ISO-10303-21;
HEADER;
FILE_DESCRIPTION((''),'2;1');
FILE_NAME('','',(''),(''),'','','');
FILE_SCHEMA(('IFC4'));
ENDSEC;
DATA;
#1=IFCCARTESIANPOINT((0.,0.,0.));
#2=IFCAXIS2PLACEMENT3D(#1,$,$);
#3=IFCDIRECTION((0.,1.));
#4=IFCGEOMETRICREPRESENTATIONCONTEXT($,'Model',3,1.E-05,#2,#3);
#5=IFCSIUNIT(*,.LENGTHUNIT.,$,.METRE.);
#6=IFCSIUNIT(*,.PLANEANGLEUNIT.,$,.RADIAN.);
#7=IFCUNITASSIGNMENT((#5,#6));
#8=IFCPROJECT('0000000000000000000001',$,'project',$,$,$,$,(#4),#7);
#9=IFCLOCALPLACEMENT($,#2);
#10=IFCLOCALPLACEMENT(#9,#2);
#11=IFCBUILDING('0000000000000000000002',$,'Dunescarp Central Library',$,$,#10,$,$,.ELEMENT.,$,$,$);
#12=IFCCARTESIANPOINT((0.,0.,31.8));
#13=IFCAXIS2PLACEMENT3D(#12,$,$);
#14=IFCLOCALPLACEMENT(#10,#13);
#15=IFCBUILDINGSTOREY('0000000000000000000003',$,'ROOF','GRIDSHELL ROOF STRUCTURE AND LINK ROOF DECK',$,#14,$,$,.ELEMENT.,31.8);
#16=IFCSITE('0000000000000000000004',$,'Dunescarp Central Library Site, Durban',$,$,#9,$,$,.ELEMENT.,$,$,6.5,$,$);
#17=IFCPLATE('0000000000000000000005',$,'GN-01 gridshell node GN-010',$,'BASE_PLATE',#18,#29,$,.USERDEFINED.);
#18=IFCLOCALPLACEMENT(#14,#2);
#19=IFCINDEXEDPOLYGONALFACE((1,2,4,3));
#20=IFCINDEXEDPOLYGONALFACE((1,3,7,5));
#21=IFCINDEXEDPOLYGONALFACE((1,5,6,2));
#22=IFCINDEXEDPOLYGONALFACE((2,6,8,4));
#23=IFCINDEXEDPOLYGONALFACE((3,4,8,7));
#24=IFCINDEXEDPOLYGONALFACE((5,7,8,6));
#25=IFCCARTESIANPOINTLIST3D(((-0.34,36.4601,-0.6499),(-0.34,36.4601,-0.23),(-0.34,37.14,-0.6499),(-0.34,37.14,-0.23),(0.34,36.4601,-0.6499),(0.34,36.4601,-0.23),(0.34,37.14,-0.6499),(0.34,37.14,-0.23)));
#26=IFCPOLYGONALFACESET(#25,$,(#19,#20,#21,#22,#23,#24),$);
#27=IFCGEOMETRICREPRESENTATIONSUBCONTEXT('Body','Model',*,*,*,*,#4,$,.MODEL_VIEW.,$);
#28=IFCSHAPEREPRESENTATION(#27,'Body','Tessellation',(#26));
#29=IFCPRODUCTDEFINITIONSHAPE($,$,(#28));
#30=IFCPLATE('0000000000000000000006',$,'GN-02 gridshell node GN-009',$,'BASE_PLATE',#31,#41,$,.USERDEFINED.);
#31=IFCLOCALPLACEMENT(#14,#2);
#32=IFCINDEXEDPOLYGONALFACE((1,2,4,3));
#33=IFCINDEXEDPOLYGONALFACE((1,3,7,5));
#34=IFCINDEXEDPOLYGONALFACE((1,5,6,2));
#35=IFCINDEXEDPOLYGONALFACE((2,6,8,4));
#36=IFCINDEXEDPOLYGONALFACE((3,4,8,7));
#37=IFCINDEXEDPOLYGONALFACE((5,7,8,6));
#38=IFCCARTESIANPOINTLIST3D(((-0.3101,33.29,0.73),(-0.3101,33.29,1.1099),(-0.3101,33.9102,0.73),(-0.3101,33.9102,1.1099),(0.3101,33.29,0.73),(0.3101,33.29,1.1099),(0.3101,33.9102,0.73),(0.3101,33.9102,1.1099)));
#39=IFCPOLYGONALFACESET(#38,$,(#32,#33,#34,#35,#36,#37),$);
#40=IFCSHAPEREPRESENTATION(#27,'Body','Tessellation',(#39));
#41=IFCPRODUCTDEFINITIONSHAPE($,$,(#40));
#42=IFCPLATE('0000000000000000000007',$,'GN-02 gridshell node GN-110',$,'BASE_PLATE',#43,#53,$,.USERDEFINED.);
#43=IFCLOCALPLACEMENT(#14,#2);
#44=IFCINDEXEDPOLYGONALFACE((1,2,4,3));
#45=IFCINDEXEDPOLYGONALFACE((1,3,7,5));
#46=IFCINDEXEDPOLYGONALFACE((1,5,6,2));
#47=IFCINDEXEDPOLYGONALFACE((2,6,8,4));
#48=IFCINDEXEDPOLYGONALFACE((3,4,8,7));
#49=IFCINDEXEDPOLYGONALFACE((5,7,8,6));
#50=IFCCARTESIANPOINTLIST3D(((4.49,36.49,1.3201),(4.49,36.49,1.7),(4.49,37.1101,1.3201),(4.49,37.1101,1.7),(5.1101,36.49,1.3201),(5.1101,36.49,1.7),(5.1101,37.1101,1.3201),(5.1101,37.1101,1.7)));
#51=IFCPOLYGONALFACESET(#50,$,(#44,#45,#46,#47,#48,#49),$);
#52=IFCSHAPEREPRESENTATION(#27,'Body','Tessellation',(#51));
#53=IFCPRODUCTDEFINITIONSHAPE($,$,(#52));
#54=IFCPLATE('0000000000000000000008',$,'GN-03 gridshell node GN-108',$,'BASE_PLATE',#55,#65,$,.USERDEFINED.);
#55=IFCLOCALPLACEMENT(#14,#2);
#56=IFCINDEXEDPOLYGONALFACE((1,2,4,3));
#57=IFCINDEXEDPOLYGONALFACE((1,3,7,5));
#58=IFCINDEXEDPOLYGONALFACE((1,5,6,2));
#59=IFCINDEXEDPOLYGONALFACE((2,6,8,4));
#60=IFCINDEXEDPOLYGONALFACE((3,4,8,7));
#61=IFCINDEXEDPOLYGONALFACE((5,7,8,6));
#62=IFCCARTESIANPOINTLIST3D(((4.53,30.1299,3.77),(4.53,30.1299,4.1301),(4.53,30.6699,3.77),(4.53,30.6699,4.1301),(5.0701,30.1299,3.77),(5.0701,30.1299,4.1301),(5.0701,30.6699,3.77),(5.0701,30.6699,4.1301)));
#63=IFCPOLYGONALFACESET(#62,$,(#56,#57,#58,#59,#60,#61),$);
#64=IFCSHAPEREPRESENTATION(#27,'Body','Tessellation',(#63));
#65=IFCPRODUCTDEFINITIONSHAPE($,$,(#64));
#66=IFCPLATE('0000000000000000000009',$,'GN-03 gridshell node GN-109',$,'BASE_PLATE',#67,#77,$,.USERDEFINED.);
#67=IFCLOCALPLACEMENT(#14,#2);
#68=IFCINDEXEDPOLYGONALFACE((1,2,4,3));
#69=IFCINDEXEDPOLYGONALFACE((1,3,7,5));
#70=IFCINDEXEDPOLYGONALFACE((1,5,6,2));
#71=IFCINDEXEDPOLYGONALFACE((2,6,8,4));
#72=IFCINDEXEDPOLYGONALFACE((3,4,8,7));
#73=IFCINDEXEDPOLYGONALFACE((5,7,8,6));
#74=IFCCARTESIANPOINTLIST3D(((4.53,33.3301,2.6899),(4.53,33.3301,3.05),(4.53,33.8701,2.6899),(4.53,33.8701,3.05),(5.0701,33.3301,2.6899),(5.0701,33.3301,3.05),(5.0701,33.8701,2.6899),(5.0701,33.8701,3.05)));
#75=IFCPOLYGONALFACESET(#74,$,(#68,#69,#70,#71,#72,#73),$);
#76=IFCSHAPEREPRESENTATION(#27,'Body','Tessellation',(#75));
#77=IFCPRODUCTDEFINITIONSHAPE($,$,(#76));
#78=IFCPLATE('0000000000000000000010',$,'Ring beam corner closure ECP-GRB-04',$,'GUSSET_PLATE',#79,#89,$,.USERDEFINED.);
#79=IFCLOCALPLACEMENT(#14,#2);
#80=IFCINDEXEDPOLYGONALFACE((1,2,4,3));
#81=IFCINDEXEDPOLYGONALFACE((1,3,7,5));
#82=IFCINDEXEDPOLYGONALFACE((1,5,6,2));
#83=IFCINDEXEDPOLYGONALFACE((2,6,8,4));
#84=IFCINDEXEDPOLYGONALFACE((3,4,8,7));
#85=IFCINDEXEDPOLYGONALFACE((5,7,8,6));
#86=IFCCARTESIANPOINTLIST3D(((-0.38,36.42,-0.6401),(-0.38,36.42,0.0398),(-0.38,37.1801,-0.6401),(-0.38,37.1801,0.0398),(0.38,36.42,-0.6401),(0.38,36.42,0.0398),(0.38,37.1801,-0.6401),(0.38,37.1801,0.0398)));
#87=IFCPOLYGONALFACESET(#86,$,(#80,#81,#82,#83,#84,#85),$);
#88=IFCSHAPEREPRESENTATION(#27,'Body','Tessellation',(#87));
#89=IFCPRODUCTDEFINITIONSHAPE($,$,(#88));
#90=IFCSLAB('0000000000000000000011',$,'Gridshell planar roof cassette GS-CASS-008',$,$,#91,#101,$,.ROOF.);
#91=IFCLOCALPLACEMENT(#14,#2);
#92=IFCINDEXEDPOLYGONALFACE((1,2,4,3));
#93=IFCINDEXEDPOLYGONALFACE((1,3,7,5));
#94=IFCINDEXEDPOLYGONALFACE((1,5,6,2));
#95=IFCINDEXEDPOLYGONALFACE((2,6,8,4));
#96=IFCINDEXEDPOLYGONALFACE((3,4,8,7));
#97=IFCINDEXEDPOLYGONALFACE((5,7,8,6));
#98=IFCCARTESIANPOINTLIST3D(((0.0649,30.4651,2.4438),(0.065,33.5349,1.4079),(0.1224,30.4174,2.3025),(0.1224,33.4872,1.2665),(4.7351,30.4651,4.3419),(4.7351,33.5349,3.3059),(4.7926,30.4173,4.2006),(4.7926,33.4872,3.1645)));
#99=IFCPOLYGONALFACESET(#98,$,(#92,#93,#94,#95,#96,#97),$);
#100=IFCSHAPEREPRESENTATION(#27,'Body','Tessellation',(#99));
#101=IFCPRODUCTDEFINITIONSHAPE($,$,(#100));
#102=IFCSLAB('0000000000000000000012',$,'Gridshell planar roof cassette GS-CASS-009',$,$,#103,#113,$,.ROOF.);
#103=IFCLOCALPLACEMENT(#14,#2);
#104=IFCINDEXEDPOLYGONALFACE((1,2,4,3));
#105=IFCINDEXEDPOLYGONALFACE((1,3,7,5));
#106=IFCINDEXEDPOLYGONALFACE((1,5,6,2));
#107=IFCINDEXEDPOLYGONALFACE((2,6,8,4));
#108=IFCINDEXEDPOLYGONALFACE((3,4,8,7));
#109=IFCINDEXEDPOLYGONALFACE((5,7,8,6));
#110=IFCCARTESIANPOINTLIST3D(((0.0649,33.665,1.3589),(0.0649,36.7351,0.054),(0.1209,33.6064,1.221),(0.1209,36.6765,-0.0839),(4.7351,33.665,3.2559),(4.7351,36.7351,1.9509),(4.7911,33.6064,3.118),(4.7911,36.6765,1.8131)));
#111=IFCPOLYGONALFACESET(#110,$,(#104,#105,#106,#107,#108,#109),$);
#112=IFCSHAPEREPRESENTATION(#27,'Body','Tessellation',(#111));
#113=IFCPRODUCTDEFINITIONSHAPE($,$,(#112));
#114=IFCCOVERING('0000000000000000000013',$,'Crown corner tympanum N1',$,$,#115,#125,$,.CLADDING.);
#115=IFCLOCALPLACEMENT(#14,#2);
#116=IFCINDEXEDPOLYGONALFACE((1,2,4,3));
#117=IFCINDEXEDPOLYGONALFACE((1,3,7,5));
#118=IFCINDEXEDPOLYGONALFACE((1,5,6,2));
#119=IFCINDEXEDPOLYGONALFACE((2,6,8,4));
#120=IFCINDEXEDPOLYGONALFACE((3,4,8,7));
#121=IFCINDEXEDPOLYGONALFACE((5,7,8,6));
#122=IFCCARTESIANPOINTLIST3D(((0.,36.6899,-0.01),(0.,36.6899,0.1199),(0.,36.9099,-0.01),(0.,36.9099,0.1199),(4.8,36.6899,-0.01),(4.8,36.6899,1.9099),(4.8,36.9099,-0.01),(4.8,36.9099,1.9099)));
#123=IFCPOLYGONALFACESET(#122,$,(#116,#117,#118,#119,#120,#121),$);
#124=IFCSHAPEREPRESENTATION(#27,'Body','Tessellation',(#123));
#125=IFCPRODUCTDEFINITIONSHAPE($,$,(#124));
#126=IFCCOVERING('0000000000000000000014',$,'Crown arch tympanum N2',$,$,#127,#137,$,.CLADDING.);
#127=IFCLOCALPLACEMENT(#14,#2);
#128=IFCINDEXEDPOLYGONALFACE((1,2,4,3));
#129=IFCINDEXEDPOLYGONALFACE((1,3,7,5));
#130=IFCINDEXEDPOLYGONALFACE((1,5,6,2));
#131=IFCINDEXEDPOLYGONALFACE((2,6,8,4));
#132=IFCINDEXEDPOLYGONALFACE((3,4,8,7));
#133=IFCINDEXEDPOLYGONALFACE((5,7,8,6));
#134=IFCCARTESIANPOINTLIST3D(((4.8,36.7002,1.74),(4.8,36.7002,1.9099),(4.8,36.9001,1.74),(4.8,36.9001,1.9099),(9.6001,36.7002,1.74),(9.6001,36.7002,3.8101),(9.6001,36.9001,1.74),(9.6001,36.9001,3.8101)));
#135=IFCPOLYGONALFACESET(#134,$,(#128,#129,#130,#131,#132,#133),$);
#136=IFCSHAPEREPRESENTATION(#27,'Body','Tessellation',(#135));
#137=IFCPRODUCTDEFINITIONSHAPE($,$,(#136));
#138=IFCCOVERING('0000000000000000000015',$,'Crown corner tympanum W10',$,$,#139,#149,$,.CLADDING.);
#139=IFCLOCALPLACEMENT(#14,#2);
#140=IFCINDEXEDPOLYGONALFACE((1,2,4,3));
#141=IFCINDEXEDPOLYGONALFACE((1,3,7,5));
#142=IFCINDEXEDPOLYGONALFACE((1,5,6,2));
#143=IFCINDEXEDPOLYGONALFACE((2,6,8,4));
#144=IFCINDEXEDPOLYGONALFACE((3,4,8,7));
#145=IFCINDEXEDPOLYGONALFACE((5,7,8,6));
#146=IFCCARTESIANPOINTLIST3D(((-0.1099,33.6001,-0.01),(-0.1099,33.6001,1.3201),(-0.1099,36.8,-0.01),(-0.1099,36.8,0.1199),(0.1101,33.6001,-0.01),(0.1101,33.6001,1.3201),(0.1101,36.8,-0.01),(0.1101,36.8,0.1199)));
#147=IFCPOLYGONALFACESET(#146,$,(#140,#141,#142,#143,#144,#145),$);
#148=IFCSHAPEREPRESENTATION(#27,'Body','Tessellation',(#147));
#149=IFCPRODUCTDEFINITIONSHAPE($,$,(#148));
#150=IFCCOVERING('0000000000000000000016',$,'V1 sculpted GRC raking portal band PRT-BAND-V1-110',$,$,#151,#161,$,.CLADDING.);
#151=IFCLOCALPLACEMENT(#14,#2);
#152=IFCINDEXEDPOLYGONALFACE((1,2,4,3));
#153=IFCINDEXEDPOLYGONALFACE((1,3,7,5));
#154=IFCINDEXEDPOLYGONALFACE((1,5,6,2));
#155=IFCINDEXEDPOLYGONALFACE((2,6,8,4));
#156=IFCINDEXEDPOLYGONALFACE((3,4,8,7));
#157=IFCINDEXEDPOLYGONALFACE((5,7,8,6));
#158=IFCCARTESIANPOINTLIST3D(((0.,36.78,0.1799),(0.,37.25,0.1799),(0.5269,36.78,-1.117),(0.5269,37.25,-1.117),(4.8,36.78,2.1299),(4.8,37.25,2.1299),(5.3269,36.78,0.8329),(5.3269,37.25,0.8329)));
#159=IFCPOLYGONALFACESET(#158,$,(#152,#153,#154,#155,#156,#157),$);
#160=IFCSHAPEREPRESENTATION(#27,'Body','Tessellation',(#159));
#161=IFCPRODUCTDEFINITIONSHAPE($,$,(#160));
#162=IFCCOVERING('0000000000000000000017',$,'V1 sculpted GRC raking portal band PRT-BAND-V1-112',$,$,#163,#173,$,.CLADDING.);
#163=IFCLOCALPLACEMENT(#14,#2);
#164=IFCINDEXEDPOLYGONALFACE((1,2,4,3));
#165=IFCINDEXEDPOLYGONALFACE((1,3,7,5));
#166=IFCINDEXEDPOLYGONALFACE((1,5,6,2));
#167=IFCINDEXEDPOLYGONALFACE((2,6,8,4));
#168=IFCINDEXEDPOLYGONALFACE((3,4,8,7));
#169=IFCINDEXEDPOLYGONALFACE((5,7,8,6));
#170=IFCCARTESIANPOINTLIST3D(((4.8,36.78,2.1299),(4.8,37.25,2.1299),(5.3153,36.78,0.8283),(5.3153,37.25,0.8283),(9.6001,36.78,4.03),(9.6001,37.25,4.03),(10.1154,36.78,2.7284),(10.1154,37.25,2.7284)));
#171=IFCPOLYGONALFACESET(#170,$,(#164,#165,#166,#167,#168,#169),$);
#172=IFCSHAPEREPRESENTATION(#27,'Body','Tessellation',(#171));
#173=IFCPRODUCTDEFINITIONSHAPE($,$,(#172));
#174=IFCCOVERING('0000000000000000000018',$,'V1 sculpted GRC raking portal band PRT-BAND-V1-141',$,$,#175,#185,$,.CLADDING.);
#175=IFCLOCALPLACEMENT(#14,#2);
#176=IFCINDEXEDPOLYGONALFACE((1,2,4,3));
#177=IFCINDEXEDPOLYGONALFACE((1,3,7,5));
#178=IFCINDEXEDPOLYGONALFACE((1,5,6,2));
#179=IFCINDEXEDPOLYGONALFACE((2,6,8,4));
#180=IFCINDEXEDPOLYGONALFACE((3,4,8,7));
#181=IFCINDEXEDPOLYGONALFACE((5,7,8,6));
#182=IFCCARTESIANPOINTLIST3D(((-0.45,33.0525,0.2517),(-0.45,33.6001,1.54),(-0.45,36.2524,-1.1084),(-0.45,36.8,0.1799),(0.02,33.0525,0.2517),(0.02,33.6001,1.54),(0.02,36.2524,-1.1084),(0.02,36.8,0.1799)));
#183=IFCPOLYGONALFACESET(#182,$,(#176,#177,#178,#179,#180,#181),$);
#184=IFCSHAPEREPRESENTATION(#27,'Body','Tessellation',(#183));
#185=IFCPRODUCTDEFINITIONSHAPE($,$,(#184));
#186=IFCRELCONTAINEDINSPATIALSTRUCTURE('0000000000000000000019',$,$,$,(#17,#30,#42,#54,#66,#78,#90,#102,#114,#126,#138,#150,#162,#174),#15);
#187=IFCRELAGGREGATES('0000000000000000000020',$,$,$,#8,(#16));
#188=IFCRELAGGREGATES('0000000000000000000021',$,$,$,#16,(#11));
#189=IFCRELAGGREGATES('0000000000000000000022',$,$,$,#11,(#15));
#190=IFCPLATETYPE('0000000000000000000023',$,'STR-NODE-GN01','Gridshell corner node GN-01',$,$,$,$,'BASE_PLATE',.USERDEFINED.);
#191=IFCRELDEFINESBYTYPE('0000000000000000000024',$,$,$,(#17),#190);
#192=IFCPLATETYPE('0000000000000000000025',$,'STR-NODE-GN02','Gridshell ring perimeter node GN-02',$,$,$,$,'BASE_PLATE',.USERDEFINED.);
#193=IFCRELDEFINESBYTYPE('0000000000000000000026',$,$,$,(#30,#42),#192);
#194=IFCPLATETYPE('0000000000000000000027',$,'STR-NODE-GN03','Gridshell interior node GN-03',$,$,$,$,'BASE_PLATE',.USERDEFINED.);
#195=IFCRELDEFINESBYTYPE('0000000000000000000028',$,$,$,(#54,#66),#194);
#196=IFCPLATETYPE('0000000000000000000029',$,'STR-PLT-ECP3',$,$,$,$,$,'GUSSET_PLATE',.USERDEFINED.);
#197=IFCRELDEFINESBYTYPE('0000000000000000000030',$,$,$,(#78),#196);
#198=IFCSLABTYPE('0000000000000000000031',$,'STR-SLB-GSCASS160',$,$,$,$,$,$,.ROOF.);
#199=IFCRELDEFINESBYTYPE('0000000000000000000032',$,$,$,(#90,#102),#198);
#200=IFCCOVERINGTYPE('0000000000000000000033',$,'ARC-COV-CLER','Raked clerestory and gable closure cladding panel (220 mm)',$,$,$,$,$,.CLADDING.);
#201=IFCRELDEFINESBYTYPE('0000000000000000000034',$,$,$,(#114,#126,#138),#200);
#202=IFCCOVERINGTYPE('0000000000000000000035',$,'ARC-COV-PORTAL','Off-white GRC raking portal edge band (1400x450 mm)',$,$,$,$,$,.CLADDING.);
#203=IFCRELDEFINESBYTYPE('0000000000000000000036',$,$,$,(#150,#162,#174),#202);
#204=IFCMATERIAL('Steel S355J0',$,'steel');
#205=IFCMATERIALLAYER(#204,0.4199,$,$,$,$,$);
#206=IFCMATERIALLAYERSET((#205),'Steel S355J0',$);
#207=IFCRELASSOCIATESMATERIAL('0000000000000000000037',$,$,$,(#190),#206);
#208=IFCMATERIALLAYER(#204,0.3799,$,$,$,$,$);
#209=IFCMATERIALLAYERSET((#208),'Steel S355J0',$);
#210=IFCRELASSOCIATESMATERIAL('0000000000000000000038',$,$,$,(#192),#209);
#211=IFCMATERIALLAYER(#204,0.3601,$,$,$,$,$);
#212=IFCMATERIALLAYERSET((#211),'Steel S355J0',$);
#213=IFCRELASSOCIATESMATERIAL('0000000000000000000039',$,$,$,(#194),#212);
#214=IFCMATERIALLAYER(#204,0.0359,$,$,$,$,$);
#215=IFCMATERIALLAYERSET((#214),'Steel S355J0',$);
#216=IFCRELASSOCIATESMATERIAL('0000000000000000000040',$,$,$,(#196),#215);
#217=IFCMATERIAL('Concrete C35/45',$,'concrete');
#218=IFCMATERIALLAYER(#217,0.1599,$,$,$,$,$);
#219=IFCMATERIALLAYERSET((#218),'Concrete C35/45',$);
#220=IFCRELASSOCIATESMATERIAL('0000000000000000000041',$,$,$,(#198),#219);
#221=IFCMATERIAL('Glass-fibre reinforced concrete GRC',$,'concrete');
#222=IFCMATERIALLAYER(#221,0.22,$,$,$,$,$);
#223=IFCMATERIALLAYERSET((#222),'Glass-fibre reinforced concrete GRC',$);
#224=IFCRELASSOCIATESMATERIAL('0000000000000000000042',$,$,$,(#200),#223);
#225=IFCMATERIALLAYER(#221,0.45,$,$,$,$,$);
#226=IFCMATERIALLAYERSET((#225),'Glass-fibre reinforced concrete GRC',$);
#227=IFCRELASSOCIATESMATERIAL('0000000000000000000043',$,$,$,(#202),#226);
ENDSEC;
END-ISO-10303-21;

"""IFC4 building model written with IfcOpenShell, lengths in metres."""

from ifc_helpers import new_model, si_unit, direction, frame, origin, origin_2d, place, context, subcontext, project, spatial, polyline, rectangle, outline, extrude, material, layer, layer_set, type_object, element, save


model = new_model("IFC4")

# Units and contexts
model_context = context("Model", 3, precision=1e-05, world=origin(), true_north=direction((0.0, 1.0)))
body_context = subcontext(model_context, "Body", "Model", "MODEL_VIEW")
ifc_project = project(units=[si_unit("LENGTHUNIT", "METRE"), si_unit("PLANEANGLEUNIT", "RADIAN")], contexts=[model_context])

# Site, building, storey
site_placement = place(None, origin())
site = spatial("IfcSite", under=ifc_project, at=site_placement, Name="Dunescarp Central Library Site, Durban", CompositionType="ELEMENT", RefElevation=6.5)
building_placement = place(site_placement, origin())
building = spatial("IfcBuilding", under=site, at=building_placement, Name="Dunescarp Central Library", CompositionType="ELEMENT")
storey_placement = place(building_placement, frame((0.0, 0.0, 31.8)))
storey = spatial("IfcBuildingStorey", under=building, at=storey_placement, Name="ROOF", Description="GRIDSHELL ROOF STRUCTURE AND LINK ROOF DECK", CompositionType="ELEMENT", Elevation=31.8)

# Shared definitions
ifc_material_1 = material(Name="Steel S355J0", Category="steel")

# Plates
ifc_layer_1 = layer(ifc_material_1, 0.4199)
ifc_layer_set_1 = layer_set([ifc_layer_1], Name="Steel S355J0")
plate_type_1 = type_object("IfcPlateType", Name="STR-NODE-GN01", Description="Gridshell corner node GN-01", ElementType="BASE_PLATE", PredefinedType="USERDEFINED", material=ifc_layer_set_1)
plate_1_placement = place(storey_placement, frame((0.0, 36.8, -0.6499), z_axis=(0.0, 0.0, 1.0), x_axis=(1.0, 0.0, 0.0)))
element("IfcPlate", 1, at=plate_1_placement, inside=storey, type_object=plate_type_1, Name="GN-01 gridshell node GN-010", ObjectType="BASE_PLATE", PredefinedType="USERDEFINED", context=body_context, shape_type="SweptSolid", body=[
    extrude(rectangle(XDim=0.6799, YDim=0.6799, at=origin_2d()), origin(), (0.0, 0.0, 1.0), 0.4199),
])
ifc_layer_2 = layer(ifc_material_1, 0.3799)
ifc_layer_set_2 = layer_set([ifc_layer_2], Name="Steel S355J0")
plate_type_2 = type_object("IfcPlateType", Name="STR-NODE-GN02", Description="Gridshell ring perimeter node GN-02", ElementType="BASE_PLATE", PredefinedType="USERDEFINED", material=ifc_layer_set_2)
for number, where, z_axis, x_axis, name in (
    (2, (0.0, 33.6001, 0.73), (0.0, 0.0, 1.0), (1.0, 0.0, 0.0), "GN-02 gridshell node GN-009"),
    (3, (4.8, 36.8, 1.3201), (0.0, 0.0, 1.0), (1.0, 0.0, 0.0), "GN-02 gridshell node GN-110"),
):
    element("IfcPlate", number, at=place(storey_placement, frame(where, z_axis=z_axis, x_axis=x_axis)), inside=storey, type_object=plate_type_2, Name=name, ObjectType="BASE_PLATE", PredefinedType="USERDEFINED", context=body_context, shape_type="SweptSolid", body=[
        extrude(rectangle(XDim=0.6201, YDim=0.6201, at=origin_2d()), origin(), (0.0, 0.0, 1.0), 0.3799),
    ])
ifc_layer_3 = layer(ifc_material_1, 0.3601)
ifc_layer_set_3 = layer_set([ifc_layer_3], Name="Steel S355J0")
plate_type_3 = type_object("IfcPlateType", Name="STR-NODE-GN03", Description="Gridshell interior node GN-03", ElementType="BASE_PLATE", PredefinedType="USERDEFINED", material=ifc_layer_set_3)
for number, where, z_axis, x_axis, name in (
    (4, (4.8, 30.3999, 3.77), (0.0, 0.0, 1.0), (1.0, 0.0, 0.0), "GN-03 gridshell node GN-108"),
    (5, (4.8, 33.6001, 2.6899), (0.0, 0.0, 1.0), (1.0, 0.0, 0.0), "GN-03 gridshell node GN-109"),
):
    element("IfcPlate", number, at=place(storey_placement, frame(where, z_axis=z_axis, x_axis=x_axis)), inside=storey, type_object=plate_type_3, Name=name, ObjectType="BASE_PLATE", PredefinedType="USERDEFINED", context=body_context, shape_type="SweptSolid", body=[
        extrude(rectangle(XDim=0.54, YDim=0.54, at=origin_2d()), origin(), (0.0, 0.0, 1.0), 0.3601),
    ])
ifc_layer_4 = layer(ifc_material_1, 0.0359)
ifc_layer_set_4 = layer_set([ifc_layer_4], Name="Steel S355J0")
plate_type_4 = type_object("IfcPlateType", Name="STR-PLT-ECP3", ElementType="GUSSET_PLATE", PredefinedType="USERDEFINED", material=ifc_layer_set_4)
plate_2_placement = place(storey_placement, frame((0.0, 36.8, -0.6401), z_axis=(0.0, 0.0, 1.0), x_axis=(1.0, 0.0, 0.0)))
element("IfcPlate", 6, at=plate_2_placement, inside=storey, type_object=plate_type_4, Name="Ring beam corner closure ECP-GRB-04", ObjectType="GUSSET_PLATE", PredefinedType="USERDEFINED", context=body_context, shape_type="SweptSolid", body=[
    extrude(rectangle(XDim=0.76, YDim=0.76, at=origin_2d()), origin(), (0.0, 0.0, 1.0), 0.6799),
])

# Slabs
ifc_material_2 = material(Name="Concrete C35/45", Category="concrete")
ifc_layer_5 = layer(ifc_material_2, 0.1599)
ifc_layer_set_5 = layer_set([ifc_layer_5], Name="Concrete C35/45")
slab_type = type_object("IfcSlabType", Name="STR-SLB-GSCASS160", PredefinedType="ROOF", material=ifc_layer_set_5)
slab_1_placement = place(storey_placement, frame((0.0649, 30.4651, 2.4438), z_axis=(-0.359362, 0.298403, 0.884203), x_axis=(0.926409, -0.000006, 0.376518)))
element("IfcSlab", 7, at=slab_1_placement, inside=storey, type_object=slab_type, Name="Gridshell planar roof cassette GS-CASS-008", PredefinedType="ROOF", context=body_context, shape_type="SweptSolid", body=[
    extrude(outline(polyline([(0.0, 0.0), (5.0412, 0.0), (4.651, 3.2164), (-0.3901, 3.2163), (0.0, 0.0)])), origin(), (0.0, 0.0, -1.0), 0.1599),
])
slab_2_placement = place(storey_placement, frame((0.0649, 33.665, 1.3589), z_axis=(-0.350156, 0.366414, 0.862051), x_axis=(0.926486, 0.0, 0.376329)))
element("IfcSlab", 8, at=slab_2_placement, inside=storey, type_object=slab_type, Name="Gridshell planar roof cassette GS-CASS-009", PredefinedType="ROOF", context=body_context, shape_type="SweptSolid", body=[
    extrude(outline(polyline([(0.0, 0.0), (5.0407, 0.0), (4.5496, 3.2995), (-0.4911, 3.2995), (0.0, 0.0)])), origin(), (0.0, 0.0, -1.0), 0.1599),
])

# Coverings
ifc_material_3 = material(Name="Glass-fibre reinforced concrete GRC", Category="concrete")
ifc_layer_6 = layer(ifc_material_3, 0.22)
ifc_layer_set_6 = layer_set([ifc_layer_6], Name="Glass-fibre reinforced concrete GRC")
covering_type_1 = type_object("IfcCoveringType", Name="ARC-COV-CLER", Description="Raked clerestory and gable closure cladding panel (220 mm)", PredefinedType="CLADDING", material=ifc_layer_set_6)
covering_1_placement = place(storey_placement, frame((0.0, 36.8, -0.01), z_axis=(0.0, 0.0, 1.0), x_axis=(1.0, 0.0, 0.0)))
element("IfcCovering", 9, at=covering_1_placement, inside=storey, type_object=covering_type_1, Name="Crown corner tympanum N1", PredefinedType="CLADDING", context=body_context, shape_type="SweptSolid", body=[
    extrude(outline(polyline([(0.0, 0.0), (4.8, 0.0), (4.8, 1.9199), (0.0, 0.1299), (0.0, 0.0)])), frame((0.0, 0.1099, 0.0), z_axis=(0.0, -1.0, 0.0), x_axis=(1.0, 0.0, 0.0)), (0.0, 0.0, 1.0), 0.22),
])
covering_2_placement = place(storey_placement, frame((4.8, 36.8, 1.74), z_axis=(0.0, 0.0, 1.0), x_axis=(1.0, 0.0, 0.0)))
element("IfcCovering", 10, at=covering_2_placement, inside=storey, type_object=covering_type_1, Name="Crown arch tympanum N2", PredefinedType="CLADDING", context=body_context, shape_type="SweptSolid", body=[
    extrude(outline(polyline([(0.0, 0.0), (4.8, 0.0), (4.8, 2.0701), (0.0, 0.1699), (0.0, 0.0)])), frame((0.0, 0.1001, 0.0), z_axis=(0.0, -1.0, 0.0), x_axis=(1.0, 0.0, 0.0)), (0.0, 0.0, 1.0), 0.2),
])
covering_3_placement = place(storey_placement, frame((0.0, 33.6001, -0.01), z_axis=(0.0, 0.0, 1.0), x_axis=(0.0, 1.0, 0.0)))
element("IfcCovering", 11, at=covering_3_placement, inside=storey, type_object=covering_type_1, Name="Crown corner tympanum W10", PredefinedType="CLADDING", context=body_context, shape_type="SweptSolid", body=[
    extrude(outline(polyline([(0.0, 0.0), (3.2, 0.0), (3.2, 0.1299), (0.0, 1.3301), (0.0, 0.0)])), frame((0.0, 0.1099, 0.0), z_axis=(0.0, -1.0, 0.0), x_axis=(1.0, 0.0, 0.0)), (0.0, 0.0, 1.0), 0.22),
])
ifc_layer_7 = layer(ifc_material_3, 0.45)
ifc_layer_set_7 = layer_set([ifc_layer_7], Name="Glass-fibre reinforced concrete GRC")
covering_type_2 = type_object("IfcCoveringType", Name="ARC-COV-PORTAL", Description="Off-white GRC raking portal edge band (1400x450 mm)", PredefinedType="CLADDING", material=ifc_layer_set_7)
covering_4_placement = place(storey_placement, frame((0.0, 36.78, 0.1799), z_axis=(-0.376366, 0.0, 0.926471), x_axis=(0.926471, 0.0, 0.376366)))
element("IfcCovering", 12, at=covering_4_placement, inside=storey, type_object=covering_type_2, Name="V1 sculpted GRC raking portal band PRT-BAND-V1-110", PredefinedType="CLADDING", context=body_context, shape_type="SweptSolid", body=[
    extrude(outline(polyline([(0.0, 0.0), (5.181, 0.0), (5.181, 0.47), (0.0, 0.47), (0.0, 0.0)])), origin(), (0.0, 0.0, -1.0), 1.3999),
])
covering_5_placement = place(storey_placement, frame((4.8, 36.78, 2.1299), z_axis=(-0.36807, 0.0, 0.929798), x_axis=(0.929798, 0.0, 0.36807)))
element("IfcCovering", 13, at=covering_5_placement, inside=storey, type_object=covering_type_2, Name="V1 sculpted GRC raking portal band PRT-BAND-V1-112", PredefinedType="CLADDING", context=body_context, shape_type="SweptSolid", body=[
    extrude(outline(polyline([(0.0, 0.0), (5.1625, 0.0), (5.1625, 0.47), (0.0, 0.47), (0.0, 0.0)])), origin(), (0.0, 0.0, -1.0), 1.3999),
])
covering_6_placement = place(storey_placement, frame((-0.45, 33.6001, 1.54), z_axis=(0.0, 0.391172, 0.920318), x_axis=(1.0, 0.0, 0.0)))
element("IfcCovering", 14, at=covering_6_placement, inside=storey, type_object=covering_type_2, Name="V1 sculpted GRC raking portal band PRT-BAND-V1-141", PredefinedType="CLADDING", context=body_context, shape_type="SweptSolid", body=[
    extrude(outline(polyline([(0.0, 0.0), (0.47, 0.0), (0.47, 3.477), (0.0, 3.477), (0.0, 0.0)])), origin(), (0.0, 0.0, -1.0), 1.3999),
])

save(model, "model.ifc")
